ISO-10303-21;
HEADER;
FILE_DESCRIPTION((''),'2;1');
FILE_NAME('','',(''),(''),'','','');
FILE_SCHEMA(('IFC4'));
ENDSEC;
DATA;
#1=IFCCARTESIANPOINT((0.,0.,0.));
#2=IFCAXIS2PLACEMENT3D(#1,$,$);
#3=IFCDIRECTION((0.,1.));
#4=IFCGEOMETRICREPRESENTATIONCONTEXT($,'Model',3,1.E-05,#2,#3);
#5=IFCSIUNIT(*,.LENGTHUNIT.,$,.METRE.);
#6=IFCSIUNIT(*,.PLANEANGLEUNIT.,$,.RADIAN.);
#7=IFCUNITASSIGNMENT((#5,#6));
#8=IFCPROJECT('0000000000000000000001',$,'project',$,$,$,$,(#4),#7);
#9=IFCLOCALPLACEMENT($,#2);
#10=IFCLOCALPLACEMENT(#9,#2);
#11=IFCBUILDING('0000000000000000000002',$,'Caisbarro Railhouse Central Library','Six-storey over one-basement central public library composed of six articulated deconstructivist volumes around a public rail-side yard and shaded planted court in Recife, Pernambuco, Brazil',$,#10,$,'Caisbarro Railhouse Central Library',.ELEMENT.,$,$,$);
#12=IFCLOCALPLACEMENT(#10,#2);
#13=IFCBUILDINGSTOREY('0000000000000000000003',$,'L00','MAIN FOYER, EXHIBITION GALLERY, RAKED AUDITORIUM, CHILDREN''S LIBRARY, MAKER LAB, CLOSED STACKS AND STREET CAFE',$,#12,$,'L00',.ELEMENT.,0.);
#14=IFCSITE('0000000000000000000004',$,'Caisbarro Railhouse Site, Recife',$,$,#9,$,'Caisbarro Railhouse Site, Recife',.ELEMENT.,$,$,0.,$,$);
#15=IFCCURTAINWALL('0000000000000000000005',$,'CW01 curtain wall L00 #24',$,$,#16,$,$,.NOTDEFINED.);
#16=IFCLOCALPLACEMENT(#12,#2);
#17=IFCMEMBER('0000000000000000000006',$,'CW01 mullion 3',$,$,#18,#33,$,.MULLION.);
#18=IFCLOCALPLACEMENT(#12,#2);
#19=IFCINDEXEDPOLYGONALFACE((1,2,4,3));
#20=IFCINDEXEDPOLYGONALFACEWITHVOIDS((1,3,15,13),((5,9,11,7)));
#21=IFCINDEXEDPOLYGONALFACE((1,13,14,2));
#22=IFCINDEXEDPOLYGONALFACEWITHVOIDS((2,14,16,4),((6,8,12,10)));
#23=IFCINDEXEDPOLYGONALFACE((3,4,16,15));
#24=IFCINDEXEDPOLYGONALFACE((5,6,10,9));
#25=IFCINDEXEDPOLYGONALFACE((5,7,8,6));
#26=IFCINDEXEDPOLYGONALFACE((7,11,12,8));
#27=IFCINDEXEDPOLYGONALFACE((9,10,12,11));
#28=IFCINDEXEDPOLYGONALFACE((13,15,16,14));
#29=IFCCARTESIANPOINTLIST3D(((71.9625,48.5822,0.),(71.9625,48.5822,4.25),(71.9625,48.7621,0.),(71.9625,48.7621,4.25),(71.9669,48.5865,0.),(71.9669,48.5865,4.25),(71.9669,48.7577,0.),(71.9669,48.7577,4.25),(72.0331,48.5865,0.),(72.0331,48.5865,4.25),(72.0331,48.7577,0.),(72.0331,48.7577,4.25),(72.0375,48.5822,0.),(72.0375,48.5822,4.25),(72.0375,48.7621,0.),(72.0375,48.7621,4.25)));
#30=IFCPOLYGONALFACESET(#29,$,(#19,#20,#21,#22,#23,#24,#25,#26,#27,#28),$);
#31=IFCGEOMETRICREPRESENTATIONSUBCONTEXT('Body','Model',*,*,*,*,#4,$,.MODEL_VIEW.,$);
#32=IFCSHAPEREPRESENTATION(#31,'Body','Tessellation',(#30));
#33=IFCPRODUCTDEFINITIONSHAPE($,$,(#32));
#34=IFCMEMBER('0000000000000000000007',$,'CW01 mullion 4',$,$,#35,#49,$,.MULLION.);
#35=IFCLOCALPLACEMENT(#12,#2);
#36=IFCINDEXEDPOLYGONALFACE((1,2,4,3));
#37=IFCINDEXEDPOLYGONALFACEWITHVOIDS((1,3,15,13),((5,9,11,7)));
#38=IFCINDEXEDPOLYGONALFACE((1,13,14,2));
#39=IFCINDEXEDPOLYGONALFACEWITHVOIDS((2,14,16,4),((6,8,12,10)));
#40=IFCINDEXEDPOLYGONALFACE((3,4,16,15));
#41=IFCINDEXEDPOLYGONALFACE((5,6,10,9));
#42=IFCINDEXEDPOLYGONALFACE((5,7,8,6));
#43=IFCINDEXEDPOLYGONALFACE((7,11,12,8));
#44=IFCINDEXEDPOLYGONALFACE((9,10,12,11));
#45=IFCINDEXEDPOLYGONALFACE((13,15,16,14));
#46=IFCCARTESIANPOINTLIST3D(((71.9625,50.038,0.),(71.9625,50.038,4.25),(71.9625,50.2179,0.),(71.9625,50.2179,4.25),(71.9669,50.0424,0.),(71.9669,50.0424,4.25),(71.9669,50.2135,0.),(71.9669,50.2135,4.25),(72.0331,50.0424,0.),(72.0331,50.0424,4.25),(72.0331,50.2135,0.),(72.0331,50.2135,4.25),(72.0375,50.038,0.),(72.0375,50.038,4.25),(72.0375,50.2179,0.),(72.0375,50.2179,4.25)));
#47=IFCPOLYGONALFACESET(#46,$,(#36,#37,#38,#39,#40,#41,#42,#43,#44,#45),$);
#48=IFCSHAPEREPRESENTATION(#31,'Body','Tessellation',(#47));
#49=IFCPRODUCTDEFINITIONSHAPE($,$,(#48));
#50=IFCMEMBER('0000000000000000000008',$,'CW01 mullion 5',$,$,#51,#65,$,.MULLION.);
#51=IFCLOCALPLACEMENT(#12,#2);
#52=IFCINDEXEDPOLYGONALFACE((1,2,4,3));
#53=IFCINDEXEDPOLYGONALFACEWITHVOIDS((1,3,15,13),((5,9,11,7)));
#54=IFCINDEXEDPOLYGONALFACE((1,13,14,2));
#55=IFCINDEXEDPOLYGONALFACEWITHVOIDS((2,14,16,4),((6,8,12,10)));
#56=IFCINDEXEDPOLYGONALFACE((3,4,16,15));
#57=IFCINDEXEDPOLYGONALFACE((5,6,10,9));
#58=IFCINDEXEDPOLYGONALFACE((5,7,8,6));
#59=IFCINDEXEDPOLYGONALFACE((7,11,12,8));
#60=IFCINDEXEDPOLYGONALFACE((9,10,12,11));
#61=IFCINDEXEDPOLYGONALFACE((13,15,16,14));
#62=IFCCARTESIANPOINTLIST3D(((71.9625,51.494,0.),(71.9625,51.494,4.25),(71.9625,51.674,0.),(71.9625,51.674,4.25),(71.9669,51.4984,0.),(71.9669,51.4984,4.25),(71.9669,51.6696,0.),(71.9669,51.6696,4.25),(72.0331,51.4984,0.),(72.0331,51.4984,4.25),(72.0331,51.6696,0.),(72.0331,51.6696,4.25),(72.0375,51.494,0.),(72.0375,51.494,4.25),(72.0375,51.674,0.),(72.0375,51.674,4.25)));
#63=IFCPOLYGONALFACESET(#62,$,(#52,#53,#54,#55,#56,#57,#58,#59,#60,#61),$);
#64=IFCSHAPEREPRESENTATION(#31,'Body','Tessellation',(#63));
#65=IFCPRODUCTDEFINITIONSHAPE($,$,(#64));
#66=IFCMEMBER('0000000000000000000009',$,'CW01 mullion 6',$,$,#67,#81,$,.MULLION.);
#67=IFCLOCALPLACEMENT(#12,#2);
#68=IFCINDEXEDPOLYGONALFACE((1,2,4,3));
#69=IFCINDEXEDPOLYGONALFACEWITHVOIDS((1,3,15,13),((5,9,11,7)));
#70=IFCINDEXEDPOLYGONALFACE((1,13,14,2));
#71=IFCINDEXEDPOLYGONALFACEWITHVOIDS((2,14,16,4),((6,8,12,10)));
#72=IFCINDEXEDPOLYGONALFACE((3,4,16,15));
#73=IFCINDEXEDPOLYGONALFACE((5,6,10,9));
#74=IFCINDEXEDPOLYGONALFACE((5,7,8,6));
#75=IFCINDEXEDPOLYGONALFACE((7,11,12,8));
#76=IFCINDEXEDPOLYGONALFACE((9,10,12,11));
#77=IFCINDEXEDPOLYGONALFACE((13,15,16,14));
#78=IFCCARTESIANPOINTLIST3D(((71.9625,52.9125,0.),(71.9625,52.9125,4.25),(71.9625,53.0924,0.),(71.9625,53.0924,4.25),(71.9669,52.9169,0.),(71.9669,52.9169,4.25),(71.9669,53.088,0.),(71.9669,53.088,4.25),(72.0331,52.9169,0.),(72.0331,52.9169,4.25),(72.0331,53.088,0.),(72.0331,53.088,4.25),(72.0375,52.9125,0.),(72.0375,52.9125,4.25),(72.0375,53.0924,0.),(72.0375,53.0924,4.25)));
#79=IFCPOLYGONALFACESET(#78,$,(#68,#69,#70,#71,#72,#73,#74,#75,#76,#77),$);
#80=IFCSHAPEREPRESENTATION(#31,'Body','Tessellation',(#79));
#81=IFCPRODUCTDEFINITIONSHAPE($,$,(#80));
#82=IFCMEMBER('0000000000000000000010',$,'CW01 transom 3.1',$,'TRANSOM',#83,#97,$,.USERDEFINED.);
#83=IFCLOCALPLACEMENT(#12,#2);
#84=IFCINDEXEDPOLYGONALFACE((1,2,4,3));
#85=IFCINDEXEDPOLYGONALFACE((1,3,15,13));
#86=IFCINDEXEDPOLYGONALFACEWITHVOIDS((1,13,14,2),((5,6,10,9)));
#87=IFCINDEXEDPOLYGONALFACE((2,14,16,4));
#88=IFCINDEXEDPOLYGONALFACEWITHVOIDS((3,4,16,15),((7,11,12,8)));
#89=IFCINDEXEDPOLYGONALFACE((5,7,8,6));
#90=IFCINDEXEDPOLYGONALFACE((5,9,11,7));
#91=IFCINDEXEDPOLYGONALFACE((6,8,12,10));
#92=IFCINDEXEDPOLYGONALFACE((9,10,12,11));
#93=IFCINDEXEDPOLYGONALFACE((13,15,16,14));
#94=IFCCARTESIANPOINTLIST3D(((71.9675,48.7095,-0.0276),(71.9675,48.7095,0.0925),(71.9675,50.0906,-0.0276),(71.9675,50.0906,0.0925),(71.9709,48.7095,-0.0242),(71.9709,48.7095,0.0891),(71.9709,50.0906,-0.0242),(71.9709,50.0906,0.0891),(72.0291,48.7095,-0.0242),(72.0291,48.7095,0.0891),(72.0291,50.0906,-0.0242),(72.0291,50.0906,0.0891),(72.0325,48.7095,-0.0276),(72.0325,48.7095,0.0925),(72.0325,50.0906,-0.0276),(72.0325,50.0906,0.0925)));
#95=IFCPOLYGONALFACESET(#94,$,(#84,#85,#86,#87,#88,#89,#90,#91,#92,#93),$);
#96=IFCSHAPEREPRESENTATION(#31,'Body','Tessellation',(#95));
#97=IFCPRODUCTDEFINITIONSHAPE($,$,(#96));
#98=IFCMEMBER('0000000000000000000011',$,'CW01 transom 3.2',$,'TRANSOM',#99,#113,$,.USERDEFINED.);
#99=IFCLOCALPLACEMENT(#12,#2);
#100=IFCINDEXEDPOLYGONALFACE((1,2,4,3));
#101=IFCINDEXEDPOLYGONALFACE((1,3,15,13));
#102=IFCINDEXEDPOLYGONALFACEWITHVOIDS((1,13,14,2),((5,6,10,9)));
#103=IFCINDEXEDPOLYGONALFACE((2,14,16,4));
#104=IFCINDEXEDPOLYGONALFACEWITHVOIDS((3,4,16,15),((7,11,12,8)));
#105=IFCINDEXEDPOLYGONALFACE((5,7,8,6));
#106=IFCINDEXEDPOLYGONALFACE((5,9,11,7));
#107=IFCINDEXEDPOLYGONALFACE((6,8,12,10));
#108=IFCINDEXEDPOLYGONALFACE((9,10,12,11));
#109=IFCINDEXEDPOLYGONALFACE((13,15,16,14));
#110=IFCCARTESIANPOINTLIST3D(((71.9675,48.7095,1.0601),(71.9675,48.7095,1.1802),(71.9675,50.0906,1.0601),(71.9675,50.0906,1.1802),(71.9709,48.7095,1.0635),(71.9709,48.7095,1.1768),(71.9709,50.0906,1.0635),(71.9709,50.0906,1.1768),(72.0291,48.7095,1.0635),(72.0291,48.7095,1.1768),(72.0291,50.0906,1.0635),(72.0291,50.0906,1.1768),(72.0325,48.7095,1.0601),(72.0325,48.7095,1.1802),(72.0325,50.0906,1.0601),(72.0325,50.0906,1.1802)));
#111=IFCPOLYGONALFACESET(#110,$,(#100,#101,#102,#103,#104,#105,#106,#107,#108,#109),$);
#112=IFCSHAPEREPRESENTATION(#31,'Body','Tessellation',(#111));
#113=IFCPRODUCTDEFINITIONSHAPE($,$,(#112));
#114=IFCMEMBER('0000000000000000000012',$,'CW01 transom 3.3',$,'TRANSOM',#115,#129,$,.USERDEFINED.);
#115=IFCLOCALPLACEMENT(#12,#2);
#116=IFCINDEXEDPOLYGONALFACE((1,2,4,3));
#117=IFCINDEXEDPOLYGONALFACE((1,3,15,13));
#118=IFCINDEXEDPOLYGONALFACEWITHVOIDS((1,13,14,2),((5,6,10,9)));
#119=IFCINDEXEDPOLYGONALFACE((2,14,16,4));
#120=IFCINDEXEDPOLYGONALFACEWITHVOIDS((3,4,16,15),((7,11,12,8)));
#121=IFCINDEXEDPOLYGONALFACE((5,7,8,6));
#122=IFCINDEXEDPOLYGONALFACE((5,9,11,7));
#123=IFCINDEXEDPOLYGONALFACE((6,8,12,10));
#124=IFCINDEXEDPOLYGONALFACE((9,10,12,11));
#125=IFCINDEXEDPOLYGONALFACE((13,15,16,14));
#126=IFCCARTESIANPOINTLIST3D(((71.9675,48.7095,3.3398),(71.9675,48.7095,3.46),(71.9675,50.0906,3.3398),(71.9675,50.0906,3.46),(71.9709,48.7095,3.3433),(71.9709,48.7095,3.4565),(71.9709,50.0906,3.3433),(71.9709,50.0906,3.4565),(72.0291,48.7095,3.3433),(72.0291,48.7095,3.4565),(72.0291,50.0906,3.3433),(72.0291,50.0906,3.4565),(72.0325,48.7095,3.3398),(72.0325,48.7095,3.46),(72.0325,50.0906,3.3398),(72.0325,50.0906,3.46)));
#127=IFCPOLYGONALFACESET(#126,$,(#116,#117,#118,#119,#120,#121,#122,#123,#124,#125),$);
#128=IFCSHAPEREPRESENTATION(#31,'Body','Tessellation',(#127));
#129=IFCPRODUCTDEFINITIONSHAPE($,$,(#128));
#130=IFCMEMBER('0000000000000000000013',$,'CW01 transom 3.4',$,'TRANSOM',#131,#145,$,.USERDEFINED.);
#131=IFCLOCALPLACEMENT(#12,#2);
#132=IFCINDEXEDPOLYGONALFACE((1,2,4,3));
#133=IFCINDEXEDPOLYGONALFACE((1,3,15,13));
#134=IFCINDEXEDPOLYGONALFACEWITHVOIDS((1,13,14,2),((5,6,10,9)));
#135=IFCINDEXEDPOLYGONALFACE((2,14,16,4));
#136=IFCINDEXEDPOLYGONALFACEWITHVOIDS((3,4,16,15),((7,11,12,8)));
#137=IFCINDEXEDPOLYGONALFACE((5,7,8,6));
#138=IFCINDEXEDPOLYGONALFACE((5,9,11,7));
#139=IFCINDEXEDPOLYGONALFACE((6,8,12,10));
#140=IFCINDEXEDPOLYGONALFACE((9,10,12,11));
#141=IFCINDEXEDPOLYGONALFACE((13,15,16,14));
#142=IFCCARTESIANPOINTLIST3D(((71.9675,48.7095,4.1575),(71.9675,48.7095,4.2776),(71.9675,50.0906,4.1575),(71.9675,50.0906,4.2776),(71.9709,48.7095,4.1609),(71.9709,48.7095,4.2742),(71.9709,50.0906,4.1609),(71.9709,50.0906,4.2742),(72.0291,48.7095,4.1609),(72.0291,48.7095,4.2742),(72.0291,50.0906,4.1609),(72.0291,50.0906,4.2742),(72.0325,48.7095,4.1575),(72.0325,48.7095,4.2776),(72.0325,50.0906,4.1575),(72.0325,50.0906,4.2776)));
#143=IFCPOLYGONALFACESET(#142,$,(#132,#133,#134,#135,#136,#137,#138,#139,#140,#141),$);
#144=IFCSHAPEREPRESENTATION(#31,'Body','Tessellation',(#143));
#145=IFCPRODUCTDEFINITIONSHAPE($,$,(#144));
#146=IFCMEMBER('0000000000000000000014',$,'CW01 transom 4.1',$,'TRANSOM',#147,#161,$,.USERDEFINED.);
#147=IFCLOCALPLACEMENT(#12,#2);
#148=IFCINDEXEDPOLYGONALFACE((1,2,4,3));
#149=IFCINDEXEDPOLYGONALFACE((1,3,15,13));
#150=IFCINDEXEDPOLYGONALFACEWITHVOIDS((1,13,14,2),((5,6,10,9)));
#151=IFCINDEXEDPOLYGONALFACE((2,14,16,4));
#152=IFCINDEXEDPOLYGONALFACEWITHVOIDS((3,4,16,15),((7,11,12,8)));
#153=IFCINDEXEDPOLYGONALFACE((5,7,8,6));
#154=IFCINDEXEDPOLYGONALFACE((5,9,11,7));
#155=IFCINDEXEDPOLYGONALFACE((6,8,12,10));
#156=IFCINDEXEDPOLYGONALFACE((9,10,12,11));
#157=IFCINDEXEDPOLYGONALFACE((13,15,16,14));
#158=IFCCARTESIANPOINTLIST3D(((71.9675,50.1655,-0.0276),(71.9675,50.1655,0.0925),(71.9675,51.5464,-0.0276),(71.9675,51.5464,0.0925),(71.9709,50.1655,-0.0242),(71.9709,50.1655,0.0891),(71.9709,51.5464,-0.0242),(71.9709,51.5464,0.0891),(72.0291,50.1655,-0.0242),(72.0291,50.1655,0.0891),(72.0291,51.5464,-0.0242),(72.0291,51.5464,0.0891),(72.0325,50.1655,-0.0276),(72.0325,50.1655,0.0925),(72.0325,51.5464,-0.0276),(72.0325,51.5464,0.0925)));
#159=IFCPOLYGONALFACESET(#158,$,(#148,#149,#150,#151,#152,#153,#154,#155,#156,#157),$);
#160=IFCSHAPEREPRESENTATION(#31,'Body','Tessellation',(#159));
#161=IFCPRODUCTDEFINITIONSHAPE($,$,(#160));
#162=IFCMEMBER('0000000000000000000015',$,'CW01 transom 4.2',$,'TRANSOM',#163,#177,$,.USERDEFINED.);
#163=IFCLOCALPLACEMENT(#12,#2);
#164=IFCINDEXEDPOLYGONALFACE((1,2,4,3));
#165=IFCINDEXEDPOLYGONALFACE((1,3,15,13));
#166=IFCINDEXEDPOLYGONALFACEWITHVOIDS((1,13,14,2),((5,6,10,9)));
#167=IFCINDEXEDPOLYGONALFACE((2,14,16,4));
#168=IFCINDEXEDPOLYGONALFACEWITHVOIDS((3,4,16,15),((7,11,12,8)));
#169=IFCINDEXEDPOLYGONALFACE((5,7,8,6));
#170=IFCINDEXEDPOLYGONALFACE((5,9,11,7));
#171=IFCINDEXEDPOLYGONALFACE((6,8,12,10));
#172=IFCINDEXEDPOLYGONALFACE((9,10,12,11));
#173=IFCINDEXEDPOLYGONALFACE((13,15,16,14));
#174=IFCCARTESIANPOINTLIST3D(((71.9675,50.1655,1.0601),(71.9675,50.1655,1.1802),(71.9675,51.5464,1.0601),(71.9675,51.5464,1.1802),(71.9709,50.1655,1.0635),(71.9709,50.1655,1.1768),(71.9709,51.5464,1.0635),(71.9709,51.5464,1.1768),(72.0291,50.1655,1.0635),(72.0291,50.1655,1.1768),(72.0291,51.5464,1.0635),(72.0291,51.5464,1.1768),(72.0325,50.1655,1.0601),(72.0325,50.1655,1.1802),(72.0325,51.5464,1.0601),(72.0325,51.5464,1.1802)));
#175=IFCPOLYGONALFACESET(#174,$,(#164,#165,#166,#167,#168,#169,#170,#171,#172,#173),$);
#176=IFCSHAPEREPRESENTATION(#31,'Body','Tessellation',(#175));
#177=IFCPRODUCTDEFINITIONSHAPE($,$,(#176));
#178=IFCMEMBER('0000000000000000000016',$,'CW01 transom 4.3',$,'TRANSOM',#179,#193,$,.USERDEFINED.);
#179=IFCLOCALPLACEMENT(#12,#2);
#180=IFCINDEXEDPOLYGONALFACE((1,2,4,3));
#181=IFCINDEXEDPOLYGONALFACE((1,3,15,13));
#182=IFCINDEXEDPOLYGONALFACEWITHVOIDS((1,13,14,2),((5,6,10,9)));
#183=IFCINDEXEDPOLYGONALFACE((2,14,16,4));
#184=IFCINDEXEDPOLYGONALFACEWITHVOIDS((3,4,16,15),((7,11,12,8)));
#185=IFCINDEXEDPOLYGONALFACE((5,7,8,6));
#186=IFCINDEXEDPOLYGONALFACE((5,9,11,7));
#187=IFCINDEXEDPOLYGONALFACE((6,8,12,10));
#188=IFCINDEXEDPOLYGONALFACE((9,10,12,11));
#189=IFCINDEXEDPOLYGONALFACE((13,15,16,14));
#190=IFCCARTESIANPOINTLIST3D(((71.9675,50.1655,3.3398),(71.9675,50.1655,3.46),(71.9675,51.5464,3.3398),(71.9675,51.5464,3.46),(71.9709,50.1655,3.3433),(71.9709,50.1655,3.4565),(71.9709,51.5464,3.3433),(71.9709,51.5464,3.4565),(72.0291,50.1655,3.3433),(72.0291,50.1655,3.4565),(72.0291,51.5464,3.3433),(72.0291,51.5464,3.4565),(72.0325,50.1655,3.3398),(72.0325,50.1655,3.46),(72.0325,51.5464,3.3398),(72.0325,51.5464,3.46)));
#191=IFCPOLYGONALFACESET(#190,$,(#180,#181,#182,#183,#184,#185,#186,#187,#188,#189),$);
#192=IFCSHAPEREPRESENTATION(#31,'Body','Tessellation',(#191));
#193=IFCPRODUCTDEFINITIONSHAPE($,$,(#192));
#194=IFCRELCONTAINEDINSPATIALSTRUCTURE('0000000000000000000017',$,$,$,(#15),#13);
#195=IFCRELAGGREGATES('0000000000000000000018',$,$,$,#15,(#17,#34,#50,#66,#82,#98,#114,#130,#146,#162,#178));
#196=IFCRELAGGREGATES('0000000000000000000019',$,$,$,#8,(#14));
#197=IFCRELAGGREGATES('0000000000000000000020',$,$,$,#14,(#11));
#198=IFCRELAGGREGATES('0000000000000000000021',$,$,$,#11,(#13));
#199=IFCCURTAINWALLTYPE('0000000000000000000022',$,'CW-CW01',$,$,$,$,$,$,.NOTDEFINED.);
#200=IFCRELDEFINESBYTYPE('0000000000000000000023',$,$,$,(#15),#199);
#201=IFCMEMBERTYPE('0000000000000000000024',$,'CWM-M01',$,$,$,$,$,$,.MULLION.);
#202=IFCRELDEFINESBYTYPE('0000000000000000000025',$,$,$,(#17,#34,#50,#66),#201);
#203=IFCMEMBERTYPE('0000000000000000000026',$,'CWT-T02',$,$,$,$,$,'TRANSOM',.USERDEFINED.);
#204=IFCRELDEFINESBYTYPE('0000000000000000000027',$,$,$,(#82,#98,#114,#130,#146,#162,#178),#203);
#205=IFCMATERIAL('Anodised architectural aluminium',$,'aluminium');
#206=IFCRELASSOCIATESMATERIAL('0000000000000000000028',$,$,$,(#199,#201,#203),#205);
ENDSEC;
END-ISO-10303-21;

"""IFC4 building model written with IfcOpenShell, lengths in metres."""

from ifc_helpers import new_model, si_unit, direction, frame, origin, origin_2d, place, context, subcontext, project, spatial, hollow_rectangle, extrude, material, material_profile, profile_set, type_object, element, aggregate, save


model = new_model("IFC4")

# Units and contexts
model_context = context("Model", 3, precision=1e-05, world=origin(), true_north=direction((0.0, 1.0)))
body_context = subcontext(model_context, "Body", "Model", "MODEL_VIEW")
ifc_project = project(units=[si_unit("LENGTHUNIT", "METRE"), si_unit("PLANEANGLEUNIT", "RADIAN")], contexts=[model_context])

# Site, building, storey
site_placement = place(None, origin())
site = spatial("IfcSite", under=ifc_project, at=site_placement, Name="Caisbarro Railhouse Site, Recife", LongName="Caisbarro Railhouse Site, Recife", CompositionType="ELEMENT", RefElevation=0.0)
building_placement = place(site_placement, origin())
building = spatial("IfcBuilding", under=site, at=building_placement, Name="Caisbarro Railhouse Central Library", Description="Six-storey over one-basement central public library composed of six articulated deconstructivist volumes around a public rail-side yard and shaded planted court in Recife, Pernambuco, Brazil", LongName="Caisbarro Railhouse Central Library", CompositionType="ELEMENT")
storey_placement = place(building_placement, origin())
storey = spatial("IfcBuildingStorey", under=building, at=storey_placement, Name="L00", Description="MAIN FOYER, EXHIBITION GALLERY, RAKED AUDITORIUM, CHILDREN'S LIBRARY, MAKER LAB, CLOSED STACKS AND STREET CAFE", LongName="L00", CompositionType="ELEMENT", Elevation=0.0)

# Curtain wall, members
ifc_material_1 = material(Name="Anodised architectural aluminium", Category="aluminium")
curtain_wall_type = type_object("IfcCurtainWallType", Name="CW-CW01", PredefinedType="NOTDEFINED", material=ifc_material_1)
curtain_wall_placement = place(storey_placement, origin())
curtain_wall = element("IfcCurtainWall", 1, at=curtain_wall_placement, inside=storey, type_object=curtain_wall_type, Name="CW01 curtain wall L00 #24", PredefinedType="NOTDEFINED")
ifc_material_profile_1 = material_profile(ifc_material_1, hollow_rectangle(XDim=0.075, YDim=0.1799, WallThickness=0.0044, at=origin_2d()), Name="ALU-MUL-75X180")
ifc_profile_set_1 = profile_set([ifc_material_profile_1], Name="Anodised architectural aluminium")
member_type_1 = type_object("IfcMemberType", Name="CWM-M01", PredefinedType="MULLION", material=ifc_profile_set_1)
member_1_placement = place(storey_placement, frame((72.0, 48.6721, 0.0), z_axis=(0.0, 0.0, 1.0), x_axis=(-1.0, 0.0, 0.0)))
member_1 = element("IfcMember", 2, at=member_1_placement, type_object=member_type_1, Name="CW01 mullion 3", PredefinedType="MULLION", context=body_context, shape_type="SweptSolid", body=[
    extrude(hollow_rectangle(XDim=0.075, YDim=0.1799, WallThickness=0.0044, at=origin_2d()), origin(), (0.0, 0.0, 1.0), 4.25),
])
member_2_placement = place(storey_placement, frame((72.0, 50.1279, 0.0), z_axis=(0.0, 0.0, 1.0), x_axis=(-1.0, 0.0, 0.0)))
member_2 = element("IfcMember", 3, at=member_2_placement, type_object=member_type_1, Name="CW01 mullion 4", PredefinedType="MULLION", context=body_context, shape_type="SweptSolid", body=[
    extrude(hollow_rectangle(XDim=0.075, YDim=0.1799, WallThickness=0.0044, at=origin_2d()), origin(), (0.0, 0.0, 1.0), 4.25),
])
member_3_placement = place(storey_placement, frame((72.0, 51.584, 0.0), z_axis=(0.0, 0.0, 1.0), x_axis=(-1.0, 0.0, 0.0)))
member_3 = element("IfcMember", 4, at=member_3_placement, type_object=member_type_1, Name="CW01 mullion 5", PredefinedType="MULLION", context=body_context, shape_type="SweptSolid", body=[
    extrude(hollow_rectangle(XDim=0.075, YDim=0.1799, WallThickness=0.0044, at=origin_2d()), origin(), (0.0, 0.0, 1.0), 4.25),
])
member_4_placement = place(storey_placement, frame((72.0, 53.0024, 0.0), z_axis=(0.0, 0.0, 1.0), x_axis=(-1.0, 0.0, 0.0)))
member_4 = element("IfcMember", 5, at=member_4_placement, type_object=member_type_1, Name="CW01 mullion 6", PredefinedType="MULLION", context=body_context, shape_type="SweptSolid", body=[
    extrude(hollow_rectangle(XDim=0.075, YDim=0.1799, WallThickness=0.0044, at=origin_2d()), origin(), (0.0, 0.0, 1.0), 4.25),
])
ifc_material_profile_2 = material_profile(ifc_material_1, hollow_rectangle(XDim=0.0649, YDim=0.1201, WallThickness=0.0034, at=origin_2d()), Name="ALU-TRN-65X120")
ifc_profile_set_2 = profile_set([ifc_material_profile_2], Name="Anodised architectural aluminium")
member_type_2 = type_object("IfcMemberType", Name="CWT-T02", ElementType="TRANSOM", PredefinedType="USERDEFINED", material=ifc_profile_set_2)
member_5_placement = place(storey_placement, frame((72.0, 48.7095, 0.0325), z_axis=(0.0, 1.0, 0.0), x_axis=(-1.0, 0.0, 0.0)))
member_5 = element("IfcMember", 6, at=member_5_placement, type_object=member_type_2, Name="CW01 transom 3.1", ObjectType="TRANSOM", PredefinedType="USERDEFINED", context=body_context, shape_type="SweptSolid", body=[
    extrude(hollow_rectangle(XDim=0.0649, YDim=0.1201, WallThickness=0.0034, at=origin_2d()), origin(), (0.0, 0.0, 1.0), 1.3811),
])
member_6_placement = place(storey_placement, frame((72.0, 48.7095, 1.1201), z_axis=(0.0, 1.0, 0.0), x_axis=(-1.0, 0.0, 0.0)))
member_6 = element("IfcMember", 7, at=member_6_placement, type_object=member_type_2, Name="CW01 transom 3.2", ObjectType="TRANSOM", PredefinedType="USERDEFINED", context=body_context, shape_type="SweptSolid", body=[
    extrude(hollow_rectangle(XDim=0.0649, YDim=0.1201, WallThickness=0.0034, at=origin_2d()), origin(), (0.0, 0.0, 1.0), 1.3811),
])
member_7_placement = place(storey_placement, frame((72.0, 48.7095, 3.3999), z_axis=(0.0, 1.0, 0.0), x_axis=(-1.0, 0.0, 0.0)))
member_7 = element("IfcMember", 8, at=member_7_placement, type_object=member_type_2, Name="CW01 transom 3.3", ObjectType="TRANSOM", PredefinedType="USERDEFINED", context=body_context, shape_type="SweptSolid", body=[
    extrude(hollow_rectangle(XDim=0.0649, YDim=0.1201, WallThickness=0.0034, at=origin_2d()), origin(), (0.0, 0.0, 1.0), 1.3811),
])
member_8_placement = place(storey_placement, frame((72.0, 48.7095, 4.2175), z_axis=(0.0, 1.0, 0.0), x_axis=(-1.0, 0.0, 0.0)))
member_8 = element("IfcMember", 9, at=member_8_placement, type_object=member_type_2, Name="CW01 transom 3.4", ObjectType="TRANSOM", PredefinedType="USERDEFINED", context=body_context, shape_type="SweptSolid", body=[
    extrude(hollow_rectangle(XDim=0.0649, YDim=0.1201, WallThickness=0.0034, at=origin_2d()), origin(), (0.0, 0.0, 1.0), 1.3811),
])
member_9_placement = place(storey_placement, frame((72.0, 50.1655, 0.0325), z_axis=(0.0, 1.0, 0.0), x_axis=(-1.0, 0.0, 0.0)))
member_9 = element("IfcMember", 10, at=member_9_placement, type_object=member_type_2, Name="CW01 transom 4.1", ObjectType="TRANSOM", PredefinedType="USERDEFINED", context=body_context, shape_type="SweptSolid", body=[
    extrude(hollow_rectangle(XDim=0.0649, YDim=0.1201, WallThickness=0.0034, at=origin_2d()), origin(), (0.0, 0.0, 1.0), 1.3809),
])
member_10_placement = place(storey_placement, frame((72.0, 50.1655, 1.1201), z_axis=(0.0, 1.0, 0.0), x_axis=(-1.0, 0.0, 0.0)))
member_10 = element("IfcMember", 11, at=member_10_placement, type_object=member_type_2, Name="CW01 transom 4.2", ObjectType="TRANSOM", PredefinedType="USERDEFINED", context=body_context, shape_type="SweptSolid", body=[
    extrude(hollow_rectangle(XDim=0.0649, YDim=0.1201, WallThickness=0.0034, at=origin_2d()), origin(), (0.0, 0.0, 1.0), 1.3809),
])
member_11_placement = place(storey_placement, frame((72.0, 50.1655, 3.3999), z_axis=(0.0, 1.0, 0.0), x_axis=(-1.0, 0.0, 0.0)))
member_11 = element("IfcMember", 12, at=member_11_placement, type_object=member_type_2, Name="CW01 transom 4.3", ObjectType="TRANSOM", PredefinedType="USERDEFINED", context=body_context, shape_type="SweptSolid", body=[
    extrude(hollow_rectangle(XDim=0.0649, YDim=0.1201, WallThickness=0.0034, at=origin_2d()), origin(), (0.0, 0.0, 1.0), 1.3809),
])
aggregate(curtain_wall, [member_1, member_2, member_3, member_4, member_5, member_6, member_7, member_8, member_9, member_10, member_11])

save(model, "model.ifc")
